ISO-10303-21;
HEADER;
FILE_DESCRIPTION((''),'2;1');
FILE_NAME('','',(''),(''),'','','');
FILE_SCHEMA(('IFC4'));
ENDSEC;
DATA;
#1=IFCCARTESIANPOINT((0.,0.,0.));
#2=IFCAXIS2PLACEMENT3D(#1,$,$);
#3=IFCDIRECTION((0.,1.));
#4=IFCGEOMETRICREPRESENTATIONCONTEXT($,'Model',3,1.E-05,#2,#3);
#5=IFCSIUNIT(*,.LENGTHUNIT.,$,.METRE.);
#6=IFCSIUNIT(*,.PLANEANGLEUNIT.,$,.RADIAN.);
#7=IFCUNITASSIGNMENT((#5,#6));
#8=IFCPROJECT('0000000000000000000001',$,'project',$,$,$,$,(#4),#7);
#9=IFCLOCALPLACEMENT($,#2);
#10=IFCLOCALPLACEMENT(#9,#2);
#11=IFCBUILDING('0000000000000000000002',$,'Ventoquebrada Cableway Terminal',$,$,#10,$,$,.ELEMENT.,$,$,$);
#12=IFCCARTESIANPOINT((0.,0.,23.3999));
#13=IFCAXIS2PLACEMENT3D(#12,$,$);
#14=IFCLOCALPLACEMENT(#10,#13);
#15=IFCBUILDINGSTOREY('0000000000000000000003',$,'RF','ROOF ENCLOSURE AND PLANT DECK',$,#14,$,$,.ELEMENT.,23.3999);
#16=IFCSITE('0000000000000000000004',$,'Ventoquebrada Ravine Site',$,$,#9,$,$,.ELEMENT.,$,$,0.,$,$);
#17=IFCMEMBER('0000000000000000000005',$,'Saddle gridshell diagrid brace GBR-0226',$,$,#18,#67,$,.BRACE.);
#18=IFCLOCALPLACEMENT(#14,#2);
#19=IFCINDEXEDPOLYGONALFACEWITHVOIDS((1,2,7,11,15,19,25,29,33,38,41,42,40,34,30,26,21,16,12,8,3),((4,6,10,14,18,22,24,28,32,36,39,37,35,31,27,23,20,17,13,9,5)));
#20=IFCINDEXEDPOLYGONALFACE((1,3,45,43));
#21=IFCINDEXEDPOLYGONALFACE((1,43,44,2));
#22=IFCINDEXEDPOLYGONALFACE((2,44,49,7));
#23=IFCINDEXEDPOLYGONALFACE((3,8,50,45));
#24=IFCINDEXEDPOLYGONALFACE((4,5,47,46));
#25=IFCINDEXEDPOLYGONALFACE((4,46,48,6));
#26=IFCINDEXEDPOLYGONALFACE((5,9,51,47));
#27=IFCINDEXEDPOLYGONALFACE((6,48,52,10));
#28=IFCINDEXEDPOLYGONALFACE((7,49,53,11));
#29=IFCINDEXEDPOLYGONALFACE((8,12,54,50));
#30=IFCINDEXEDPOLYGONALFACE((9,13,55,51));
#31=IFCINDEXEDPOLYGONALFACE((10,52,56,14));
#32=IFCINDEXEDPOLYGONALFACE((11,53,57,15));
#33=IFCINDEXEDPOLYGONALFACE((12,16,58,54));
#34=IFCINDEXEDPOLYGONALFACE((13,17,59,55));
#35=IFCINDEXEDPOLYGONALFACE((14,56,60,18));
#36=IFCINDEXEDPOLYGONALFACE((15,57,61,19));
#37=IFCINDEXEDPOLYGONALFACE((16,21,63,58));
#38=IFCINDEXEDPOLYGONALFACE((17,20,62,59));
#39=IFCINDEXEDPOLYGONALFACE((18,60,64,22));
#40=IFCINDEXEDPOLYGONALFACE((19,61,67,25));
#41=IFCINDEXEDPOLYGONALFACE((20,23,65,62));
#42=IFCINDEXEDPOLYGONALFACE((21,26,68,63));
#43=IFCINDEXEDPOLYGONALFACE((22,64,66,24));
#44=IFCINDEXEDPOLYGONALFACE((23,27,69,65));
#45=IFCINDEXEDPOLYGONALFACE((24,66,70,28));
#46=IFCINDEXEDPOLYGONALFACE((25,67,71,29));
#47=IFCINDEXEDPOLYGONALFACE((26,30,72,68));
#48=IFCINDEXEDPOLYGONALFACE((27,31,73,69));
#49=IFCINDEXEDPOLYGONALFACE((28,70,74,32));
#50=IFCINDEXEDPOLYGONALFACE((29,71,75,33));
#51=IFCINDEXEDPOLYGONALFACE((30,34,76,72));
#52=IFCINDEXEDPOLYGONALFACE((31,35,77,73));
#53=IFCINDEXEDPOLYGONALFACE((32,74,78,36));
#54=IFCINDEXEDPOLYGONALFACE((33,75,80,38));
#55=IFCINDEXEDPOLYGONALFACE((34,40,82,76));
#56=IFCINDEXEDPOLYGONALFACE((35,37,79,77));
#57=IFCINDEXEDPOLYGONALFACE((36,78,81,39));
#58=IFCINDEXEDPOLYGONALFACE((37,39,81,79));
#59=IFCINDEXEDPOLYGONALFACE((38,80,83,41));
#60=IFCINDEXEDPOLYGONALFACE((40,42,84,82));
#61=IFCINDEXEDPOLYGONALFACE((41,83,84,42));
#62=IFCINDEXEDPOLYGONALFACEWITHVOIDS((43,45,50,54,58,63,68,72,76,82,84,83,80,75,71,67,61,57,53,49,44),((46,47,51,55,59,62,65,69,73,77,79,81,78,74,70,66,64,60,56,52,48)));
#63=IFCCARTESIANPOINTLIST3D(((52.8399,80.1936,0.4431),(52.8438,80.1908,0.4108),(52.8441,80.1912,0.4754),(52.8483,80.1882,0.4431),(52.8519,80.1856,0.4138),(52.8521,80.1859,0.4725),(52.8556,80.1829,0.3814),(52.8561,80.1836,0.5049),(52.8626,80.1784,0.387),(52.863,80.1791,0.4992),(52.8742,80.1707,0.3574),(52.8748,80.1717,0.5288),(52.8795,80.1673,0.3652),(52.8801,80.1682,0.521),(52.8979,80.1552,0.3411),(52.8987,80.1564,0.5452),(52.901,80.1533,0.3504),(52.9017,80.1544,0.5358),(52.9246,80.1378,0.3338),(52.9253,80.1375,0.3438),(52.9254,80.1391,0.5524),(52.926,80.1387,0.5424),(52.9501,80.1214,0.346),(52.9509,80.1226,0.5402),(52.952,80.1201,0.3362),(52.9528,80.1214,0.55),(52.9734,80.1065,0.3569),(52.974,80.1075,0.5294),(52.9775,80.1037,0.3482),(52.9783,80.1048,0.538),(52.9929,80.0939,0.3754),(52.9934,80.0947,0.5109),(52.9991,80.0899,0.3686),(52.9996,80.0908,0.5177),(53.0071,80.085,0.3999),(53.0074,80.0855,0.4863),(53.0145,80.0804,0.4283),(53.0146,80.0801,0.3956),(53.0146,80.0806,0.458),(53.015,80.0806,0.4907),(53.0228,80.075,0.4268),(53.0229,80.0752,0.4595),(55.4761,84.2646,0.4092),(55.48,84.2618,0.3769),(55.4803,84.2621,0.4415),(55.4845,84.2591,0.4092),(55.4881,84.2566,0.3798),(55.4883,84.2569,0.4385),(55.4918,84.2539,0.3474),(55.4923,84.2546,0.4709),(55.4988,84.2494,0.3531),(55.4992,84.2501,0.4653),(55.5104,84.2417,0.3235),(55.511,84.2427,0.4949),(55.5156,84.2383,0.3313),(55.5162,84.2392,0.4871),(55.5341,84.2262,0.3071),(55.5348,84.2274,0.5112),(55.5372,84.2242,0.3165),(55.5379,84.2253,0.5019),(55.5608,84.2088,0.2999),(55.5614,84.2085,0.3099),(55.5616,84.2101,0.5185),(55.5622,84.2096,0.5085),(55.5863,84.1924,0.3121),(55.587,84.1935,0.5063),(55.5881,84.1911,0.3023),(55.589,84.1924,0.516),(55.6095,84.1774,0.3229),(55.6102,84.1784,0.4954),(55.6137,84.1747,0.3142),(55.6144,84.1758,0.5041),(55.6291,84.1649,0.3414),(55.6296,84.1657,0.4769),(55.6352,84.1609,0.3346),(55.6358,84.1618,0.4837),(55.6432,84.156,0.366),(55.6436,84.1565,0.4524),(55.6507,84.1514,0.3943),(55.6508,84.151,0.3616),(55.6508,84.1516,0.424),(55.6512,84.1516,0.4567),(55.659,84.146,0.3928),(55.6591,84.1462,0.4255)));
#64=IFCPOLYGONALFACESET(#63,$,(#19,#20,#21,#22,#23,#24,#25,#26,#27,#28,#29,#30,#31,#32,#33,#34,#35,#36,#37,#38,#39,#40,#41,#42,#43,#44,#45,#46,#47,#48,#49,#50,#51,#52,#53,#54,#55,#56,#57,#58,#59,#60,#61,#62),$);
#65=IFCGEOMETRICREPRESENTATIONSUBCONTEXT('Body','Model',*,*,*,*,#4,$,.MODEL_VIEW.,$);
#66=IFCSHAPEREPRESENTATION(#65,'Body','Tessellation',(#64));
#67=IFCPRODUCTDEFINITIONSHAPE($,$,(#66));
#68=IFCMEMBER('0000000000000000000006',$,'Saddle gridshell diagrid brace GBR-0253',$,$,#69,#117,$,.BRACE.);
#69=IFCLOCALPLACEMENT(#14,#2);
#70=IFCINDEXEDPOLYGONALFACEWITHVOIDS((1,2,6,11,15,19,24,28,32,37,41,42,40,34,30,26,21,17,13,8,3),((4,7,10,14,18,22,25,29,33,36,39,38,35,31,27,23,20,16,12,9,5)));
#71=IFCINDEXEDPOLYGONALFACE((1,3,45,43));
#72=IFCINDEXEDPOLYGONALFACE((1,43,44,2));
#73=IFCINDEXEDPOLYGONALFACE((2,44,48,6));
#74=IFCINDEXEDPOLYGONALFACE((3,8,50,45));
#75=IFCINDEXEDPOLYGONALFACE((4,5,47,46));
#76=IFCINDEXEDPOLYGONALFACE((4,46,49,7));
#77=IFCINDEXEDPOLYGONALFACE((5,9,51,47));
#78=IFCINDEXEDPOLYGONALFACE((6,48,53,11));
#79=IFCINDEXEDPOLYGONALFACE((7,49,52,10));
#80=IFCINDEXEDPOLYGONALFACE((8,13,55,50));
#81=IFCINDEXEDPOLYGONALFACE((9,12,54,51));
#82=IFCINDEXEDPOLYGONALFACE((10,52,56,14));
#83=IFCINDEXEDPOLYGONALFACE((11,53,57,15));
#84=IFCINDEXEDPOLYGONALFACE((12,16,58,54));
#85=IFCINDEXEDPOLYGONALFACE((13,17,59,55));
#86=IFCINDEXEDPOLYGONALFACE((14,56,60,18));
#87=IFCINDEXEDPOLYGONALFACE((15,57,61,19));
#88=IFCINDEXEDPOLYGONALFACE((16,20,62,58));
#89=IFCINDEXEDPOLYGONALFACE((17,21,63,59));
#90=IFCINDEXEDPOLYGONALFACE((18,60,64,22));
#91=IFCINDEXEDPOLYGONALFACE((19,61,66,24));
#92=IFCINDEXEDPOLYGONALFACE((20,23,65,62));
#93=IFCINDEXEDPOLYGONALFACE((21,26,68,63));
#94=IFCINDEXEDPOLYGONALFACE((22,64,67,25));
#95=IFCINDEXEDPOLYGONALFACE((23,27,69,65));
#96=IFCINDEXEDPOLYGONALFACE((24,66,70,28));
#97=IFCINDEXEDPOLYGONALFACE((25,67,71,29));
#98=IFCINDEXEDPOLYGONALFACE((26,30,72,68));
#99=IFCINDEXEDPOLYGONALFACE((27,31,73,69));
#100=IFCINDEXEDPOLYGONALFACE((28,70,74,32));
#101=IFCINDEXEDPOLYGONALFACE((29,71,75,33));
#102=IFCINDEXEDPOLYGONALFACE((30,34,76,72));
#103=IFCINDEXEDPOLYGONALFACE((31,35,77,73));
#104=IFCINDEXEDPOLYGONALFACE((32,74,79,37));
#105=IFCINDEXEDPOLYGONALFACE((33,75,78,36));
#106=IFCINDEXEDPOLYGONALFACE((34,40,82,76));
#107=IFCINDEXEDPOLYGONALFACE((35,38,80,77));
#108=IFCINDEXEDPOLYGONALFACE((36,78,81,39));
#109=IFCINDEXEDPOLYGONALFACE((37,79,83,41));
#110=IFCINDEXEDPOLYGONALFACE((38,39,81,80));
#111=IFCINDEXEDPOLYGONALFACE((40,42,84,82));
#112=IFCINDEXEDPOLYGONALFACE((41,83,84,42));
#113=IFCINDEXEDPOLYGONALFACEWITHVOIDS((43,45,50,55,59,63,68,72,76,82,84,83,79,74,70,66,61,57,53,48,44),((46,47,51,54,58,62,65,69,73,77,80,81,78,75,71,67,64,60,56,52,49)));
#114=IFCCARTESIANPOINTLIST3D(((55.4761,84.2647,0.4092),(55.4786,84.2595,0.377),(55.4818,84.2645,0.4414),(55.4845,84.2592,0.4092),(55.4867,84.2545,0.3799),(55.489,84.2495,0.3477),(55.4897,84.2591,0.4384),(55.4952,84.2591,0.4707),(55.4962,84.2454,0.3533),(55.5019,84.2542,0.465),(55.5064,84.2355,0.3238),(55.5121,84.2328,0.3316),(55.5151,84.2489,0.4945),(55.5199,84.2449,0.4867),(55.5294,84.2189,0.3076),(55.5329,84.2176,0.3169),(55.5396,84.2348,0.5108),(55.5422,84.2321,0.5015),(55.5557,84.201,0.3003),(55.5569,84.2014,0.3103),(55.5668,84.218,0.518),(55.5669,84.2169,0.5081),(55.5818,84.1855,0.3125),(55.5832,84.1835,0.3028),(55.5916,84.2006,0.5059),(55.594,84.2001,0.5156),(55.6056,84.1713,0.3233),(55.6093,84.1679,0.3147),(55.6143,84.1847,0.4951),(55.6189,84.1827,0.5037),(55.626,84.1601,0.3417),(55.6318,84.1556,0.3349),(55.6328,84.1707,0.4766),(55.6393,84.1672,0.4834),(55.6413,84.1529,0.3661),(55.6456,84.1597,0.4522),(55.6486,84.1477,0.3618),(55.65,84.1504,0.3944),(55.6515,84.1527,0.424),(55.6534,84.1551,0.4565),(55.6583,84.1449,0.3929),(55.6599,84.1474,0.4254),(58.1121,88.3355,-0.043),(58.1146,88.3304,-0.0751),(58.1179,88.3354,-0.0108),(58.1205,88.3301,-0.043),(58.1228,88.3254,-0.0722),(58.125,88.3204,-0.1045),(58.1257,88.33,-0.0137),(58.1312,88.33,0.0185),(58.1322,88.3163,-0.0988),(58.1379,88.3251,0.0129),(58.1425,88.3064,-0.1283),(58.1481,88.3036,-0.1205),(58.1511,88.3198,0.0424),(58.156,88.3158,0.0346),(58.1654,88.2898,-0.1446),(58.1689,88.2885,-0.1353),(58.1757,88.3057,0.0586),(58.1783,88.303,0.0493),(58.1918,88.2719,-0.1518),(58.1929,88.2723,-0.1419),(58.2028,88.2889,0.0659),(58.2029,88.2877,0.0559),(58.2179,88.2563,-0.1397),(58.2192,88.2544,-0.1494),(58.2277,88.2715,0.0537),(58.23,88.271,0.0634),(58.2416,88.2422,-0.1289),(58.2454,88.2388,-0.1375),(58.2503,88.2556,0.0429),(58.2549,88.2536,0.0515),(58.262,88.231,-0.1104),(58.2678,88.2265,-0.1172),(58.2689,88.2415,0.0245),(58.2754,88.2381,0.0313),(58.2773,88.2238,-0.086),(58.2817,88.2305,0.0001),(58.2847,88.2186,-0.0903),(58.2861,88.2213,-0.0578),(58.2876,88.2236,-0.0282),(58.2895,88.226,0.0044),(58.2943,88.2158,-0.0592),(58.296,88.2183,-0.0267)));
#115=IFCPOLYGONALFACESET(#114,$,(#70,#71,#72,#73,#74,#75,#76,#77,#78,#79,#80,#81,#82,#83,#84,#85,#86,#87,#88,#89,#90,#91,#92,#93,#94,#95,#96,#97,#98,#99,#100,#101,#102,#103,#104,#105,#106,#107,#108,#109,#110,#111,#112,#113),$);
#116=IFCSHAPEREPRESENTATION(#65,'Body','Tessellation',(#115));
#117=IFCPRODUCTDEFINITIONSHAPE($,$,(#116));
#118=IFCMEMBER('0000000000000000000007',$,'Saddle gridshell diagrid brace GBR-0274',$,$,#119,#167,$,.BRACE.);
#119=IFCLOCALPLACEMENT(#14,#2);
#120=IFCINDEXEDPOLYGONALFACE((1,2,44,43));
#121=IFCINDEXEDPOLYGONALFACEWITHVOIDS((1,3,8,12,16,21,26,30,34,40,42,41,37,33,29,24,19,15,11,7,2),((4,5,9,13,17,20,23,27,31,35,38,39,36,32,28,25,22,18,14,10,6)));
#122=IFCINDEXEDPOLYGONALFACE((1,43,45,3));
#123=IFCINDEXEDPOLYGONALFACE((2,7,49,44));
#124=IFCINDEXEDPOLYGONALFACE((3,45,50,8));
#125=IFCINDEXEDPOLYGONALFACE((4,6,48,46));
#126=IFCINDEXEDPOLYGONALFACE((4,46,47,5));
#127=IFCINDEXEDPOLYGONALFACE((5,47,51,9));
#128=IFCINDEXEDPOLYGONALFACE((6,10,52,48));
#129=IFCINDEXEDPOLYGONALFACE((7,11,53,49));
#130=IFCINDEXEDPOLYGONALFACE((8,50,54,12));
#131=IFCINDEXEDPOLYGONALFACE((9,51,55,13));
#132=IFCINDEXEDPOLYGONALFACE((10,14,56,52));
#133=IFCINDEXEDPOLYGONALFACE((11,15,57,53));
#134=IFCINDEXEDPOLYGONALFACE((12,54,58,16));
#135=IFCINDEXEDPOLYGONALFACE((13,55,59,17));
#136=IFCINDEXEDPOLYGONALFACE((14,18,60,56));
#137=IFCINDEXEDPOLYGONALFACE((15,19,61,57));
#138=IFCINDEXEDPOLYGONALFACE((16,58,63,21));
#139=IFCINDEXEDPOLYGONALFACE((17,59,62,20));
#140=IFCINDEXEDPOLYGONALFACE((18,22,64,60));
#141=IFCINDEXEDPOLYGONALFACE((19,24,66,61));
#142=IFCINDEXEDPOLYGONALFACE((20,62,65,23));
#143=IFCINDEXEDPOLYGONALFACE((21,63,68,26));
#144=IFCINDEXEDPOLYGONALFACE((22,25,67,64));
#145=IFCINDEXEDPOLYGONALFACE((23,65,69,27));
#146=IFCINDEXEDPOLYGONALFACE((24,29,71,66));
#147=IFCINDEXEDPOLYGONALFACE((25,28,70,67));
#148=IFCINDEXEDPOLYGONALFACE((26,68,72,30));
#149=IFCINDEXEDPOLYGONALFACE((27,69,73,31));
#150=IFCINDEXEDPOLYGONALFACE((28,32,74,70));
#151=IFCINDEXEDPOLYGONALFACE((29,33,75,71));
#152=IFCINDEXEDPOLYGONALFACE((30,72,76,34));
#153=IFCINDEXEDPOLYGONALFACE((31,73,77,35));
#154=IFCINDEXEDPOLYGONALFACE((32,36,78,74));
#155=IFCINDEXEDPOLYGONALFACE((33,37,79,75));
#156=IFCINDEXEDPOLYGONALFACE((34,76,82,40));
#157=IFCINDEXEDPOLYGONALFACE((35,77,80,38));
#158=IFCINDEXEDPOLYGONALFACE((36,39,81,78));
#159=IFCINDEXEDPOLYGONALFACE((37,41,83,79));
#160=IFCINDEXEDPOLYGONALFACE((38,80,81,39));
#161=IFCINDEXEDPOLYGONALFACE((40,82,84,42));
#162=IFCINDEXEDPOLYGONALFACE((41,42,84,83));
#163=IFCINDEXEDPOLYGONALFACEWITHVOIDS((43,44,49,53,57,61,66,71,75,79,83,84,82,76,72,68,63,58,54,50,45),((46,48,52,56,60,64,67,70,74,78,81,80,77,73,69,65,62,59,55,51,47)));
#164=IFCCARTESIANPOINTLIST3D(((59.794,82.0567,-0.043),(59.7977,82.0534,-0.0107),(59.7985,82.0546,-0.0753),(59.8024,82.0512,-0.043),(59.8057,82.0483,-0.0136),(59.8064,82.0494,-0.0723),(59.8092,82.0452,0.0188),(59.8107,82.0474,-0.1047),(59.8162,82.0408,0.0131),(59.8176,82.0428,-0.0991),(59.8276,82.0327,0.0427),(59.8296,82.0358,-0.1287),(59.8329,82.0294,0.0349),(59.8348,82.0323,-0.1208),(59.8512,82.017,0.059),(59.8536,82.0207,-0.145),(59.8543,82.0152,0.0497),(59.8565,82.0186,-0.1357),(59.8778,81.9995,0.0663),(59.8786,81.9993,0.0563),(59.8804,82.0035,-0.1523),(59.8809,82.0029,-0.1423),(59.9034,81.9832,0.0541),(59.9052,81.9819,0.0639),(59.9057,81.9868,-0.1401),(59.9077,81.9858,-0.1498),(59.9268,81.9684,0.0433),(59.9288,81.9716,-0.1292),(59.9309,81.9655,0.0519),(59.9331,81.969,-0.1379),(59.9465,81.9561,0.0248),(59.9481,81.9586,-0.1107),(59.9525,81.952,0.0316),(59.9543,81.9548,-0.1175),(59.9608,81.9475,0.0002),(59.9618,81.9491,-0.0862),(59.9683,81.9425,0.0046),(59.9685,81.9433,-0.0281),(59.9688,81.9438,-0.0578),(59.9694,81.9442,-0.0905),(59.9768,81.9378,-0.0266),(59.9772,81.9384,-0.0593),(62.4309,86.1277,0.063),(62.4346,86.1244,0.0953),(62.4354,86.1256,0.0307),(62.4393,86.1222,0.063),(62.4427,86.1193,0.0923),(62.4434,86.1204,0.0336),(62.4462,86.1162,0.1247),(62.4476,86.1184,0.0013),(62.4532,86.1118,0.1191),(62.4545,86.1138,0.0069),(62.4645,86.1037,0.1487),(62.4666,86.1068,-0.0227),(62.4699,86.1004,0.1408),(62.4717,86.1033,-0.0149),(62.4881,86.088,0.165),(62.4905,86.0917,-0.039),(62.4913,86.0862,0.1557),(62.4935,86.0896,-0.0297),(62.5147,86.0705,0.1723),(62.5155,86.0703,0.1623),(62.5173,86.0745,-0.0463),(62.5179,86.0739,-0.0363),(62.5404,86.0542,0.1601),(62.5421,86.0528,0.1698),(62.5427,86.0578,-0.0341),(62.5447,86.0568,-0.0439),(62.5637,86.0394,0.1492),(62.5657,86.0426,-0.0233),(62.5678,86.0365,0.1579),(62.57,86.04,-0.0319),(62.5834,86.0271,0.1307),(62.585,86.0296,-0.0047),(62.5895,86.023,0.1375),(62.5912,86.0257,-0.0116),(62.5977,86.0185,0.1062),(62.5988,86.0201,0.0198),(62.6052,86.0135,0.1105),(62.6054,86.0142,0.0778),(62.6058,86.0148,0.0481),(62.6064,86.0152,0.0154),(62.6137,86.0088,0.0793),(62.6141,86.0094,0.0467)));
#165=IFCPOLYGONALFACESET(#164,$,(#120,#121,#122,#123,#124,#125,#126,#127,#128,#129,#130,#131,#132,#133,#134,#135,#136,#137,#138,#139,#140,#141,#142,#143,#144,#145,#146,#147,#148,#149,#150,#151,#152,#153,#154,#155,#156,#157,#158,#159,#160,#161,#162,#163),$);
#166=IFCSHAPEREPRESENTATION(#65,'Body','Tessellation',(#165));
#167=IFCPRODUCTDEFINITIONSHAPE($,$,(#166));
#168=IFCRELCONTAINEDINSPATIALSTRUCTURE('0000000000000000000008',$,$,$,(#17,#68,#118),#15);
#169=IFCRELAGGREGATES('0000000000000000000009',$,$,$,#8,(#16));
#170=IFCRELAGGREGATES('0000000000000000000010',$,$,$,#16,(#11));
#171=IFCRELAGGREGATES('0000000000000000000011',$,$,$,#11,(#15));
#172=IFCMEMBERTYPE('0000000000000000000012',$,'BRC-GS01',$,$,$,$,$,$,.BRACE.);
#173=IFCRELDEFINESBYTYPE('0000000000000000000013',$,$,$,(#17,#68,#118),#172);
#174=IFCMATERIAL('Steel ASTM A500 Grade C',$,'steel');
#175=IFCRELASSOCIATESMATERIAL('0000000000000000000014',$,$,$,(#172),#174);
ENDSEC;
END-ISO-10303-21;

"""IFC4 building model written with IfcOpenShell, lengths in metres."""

from ifc_helpers import new_model, si_unit, direction, frame, origin, origin_2d, place, context, subcontext, project, spatial, hollow_circle, extrude, material, material_profile, profile_set, type_object, element, save


model = new_model("IFC4")

# Units and contexts
model_context = context("Model", 3, precision=1e-05, world=origin(), true_north=direction((0.0, 1.0)))
body_context = subcontext(model_context, "Body", "Model", "MODEL_VIEW")
ifc_project = project(units=[si_unit("LENGTHUNIT", "METRE"), si_unit("PLANEANGLEUNIT", "RADIAN")], contexts=[model_context])

# Site, building, storey
site_placement = place(None, origin())
site = spatial("IfcSite", under=ifc_project, at=site_placement, Name="Ventoquebrada Ravine Site", CompositionType="ELEMENT", RefElevation=0.0)
building_placement = place(site_placement, origin())
building = spatial("IfcBuilding", under=site, at=building_placement, Name="Ventoquebrada Cableway Terminal", CompositionType="ELEMENT")
storey_placement = place(building_placement, frame((0.0, 0.0, 23.3999)))
storey = spatial("IfcBuildingStorey", under=building, at=storey_placement, Name="RF", Description="ROOF ENCLOSURE AND PLANT DECK", CompositionType="ELEMENT", Elevation=23.3999)

# Members
ifc_material_1 = material(Name="Steel ASTM A500 Grade C", Category="steel")
ifc_material_profile_1 = material_profile(ifc_material_1, hollow_circle(Radius=0.1096, WallThickness=0.01, at=origin_2d()), Name="CHS219.1X10")
ifc_profile_set_1 = profile_set([ifc_material_profile_1], Name="Steel ASTM A500 Grade C")
member_type_1 = type_object("IfcMemberType", Name="BRC-GS01", PredefinedType="BRACE", material=ifc_profile_set_1)
member_1_placement = place(storey_placement, frame((52.9319, 80.134, 0.4431), z_axis=(0.543532, 0.839359, -0.006997), x_axis=(-0.83938, 0.543546, 0.0)))
element("IfcMember", 1, at=member_1_placement, inside=storey, type_object=member_type_1, Name="Saddle gridshell diagrid brace GBR-0226", PredefinedType="BRACE", context=body_context, shape_type="SweptSolid", body=[
    extrude(hollow_circle(Radius=0.1096, WallThickness=0.01, at=origin_2d()), origin(), (0.0, 0.0, 1.0), 4.8501),
])
member_2_placement = place(storey_placement, frame((55.5681, 84.2051, 0.4092), z_axis=(0.541186, 0.835763, -0.092829), x_axis=(-0.839388, 0.543533, 0.0)))
element("IfcMember", 2, at=member_2_placement, inside=storey, type_object=member_type_1, Name="Saddle gridshell diagrid brace GBR-0253", PredefinedType="BRACE", context=body_context, shape_type="SweptSolid", body=[
    extrude(hollow_circle(Radius=0.1096, WallThickness=0.01, at=origin_2d()), origin(), (0.0, 0.0, 1.0), 4.8708),
])
member_3_placement = place(storey_placement, frame((59.886, 81.9971, -0.043), z_axis=(0.543522, 0.839111, 0.02184), x_axis=(-0.839311, 0.543652, 0.0)))
element("IfcMember", 3, at=member_3_placement, inside=storey, type_object=member_type_1, Name="Saddle gridshell diagrid brace GBR-0274", PredefinedType="BRACE", context=body_context, shape_type="SweptSolid", body=[
    extrude(hollow_circle(Radius=0.1096, WallThickness=0.01, at=origin_2d()), origin(), (0.0, 0.0, 1.0), 4.8516),
])

save(model, "model.ifc")
